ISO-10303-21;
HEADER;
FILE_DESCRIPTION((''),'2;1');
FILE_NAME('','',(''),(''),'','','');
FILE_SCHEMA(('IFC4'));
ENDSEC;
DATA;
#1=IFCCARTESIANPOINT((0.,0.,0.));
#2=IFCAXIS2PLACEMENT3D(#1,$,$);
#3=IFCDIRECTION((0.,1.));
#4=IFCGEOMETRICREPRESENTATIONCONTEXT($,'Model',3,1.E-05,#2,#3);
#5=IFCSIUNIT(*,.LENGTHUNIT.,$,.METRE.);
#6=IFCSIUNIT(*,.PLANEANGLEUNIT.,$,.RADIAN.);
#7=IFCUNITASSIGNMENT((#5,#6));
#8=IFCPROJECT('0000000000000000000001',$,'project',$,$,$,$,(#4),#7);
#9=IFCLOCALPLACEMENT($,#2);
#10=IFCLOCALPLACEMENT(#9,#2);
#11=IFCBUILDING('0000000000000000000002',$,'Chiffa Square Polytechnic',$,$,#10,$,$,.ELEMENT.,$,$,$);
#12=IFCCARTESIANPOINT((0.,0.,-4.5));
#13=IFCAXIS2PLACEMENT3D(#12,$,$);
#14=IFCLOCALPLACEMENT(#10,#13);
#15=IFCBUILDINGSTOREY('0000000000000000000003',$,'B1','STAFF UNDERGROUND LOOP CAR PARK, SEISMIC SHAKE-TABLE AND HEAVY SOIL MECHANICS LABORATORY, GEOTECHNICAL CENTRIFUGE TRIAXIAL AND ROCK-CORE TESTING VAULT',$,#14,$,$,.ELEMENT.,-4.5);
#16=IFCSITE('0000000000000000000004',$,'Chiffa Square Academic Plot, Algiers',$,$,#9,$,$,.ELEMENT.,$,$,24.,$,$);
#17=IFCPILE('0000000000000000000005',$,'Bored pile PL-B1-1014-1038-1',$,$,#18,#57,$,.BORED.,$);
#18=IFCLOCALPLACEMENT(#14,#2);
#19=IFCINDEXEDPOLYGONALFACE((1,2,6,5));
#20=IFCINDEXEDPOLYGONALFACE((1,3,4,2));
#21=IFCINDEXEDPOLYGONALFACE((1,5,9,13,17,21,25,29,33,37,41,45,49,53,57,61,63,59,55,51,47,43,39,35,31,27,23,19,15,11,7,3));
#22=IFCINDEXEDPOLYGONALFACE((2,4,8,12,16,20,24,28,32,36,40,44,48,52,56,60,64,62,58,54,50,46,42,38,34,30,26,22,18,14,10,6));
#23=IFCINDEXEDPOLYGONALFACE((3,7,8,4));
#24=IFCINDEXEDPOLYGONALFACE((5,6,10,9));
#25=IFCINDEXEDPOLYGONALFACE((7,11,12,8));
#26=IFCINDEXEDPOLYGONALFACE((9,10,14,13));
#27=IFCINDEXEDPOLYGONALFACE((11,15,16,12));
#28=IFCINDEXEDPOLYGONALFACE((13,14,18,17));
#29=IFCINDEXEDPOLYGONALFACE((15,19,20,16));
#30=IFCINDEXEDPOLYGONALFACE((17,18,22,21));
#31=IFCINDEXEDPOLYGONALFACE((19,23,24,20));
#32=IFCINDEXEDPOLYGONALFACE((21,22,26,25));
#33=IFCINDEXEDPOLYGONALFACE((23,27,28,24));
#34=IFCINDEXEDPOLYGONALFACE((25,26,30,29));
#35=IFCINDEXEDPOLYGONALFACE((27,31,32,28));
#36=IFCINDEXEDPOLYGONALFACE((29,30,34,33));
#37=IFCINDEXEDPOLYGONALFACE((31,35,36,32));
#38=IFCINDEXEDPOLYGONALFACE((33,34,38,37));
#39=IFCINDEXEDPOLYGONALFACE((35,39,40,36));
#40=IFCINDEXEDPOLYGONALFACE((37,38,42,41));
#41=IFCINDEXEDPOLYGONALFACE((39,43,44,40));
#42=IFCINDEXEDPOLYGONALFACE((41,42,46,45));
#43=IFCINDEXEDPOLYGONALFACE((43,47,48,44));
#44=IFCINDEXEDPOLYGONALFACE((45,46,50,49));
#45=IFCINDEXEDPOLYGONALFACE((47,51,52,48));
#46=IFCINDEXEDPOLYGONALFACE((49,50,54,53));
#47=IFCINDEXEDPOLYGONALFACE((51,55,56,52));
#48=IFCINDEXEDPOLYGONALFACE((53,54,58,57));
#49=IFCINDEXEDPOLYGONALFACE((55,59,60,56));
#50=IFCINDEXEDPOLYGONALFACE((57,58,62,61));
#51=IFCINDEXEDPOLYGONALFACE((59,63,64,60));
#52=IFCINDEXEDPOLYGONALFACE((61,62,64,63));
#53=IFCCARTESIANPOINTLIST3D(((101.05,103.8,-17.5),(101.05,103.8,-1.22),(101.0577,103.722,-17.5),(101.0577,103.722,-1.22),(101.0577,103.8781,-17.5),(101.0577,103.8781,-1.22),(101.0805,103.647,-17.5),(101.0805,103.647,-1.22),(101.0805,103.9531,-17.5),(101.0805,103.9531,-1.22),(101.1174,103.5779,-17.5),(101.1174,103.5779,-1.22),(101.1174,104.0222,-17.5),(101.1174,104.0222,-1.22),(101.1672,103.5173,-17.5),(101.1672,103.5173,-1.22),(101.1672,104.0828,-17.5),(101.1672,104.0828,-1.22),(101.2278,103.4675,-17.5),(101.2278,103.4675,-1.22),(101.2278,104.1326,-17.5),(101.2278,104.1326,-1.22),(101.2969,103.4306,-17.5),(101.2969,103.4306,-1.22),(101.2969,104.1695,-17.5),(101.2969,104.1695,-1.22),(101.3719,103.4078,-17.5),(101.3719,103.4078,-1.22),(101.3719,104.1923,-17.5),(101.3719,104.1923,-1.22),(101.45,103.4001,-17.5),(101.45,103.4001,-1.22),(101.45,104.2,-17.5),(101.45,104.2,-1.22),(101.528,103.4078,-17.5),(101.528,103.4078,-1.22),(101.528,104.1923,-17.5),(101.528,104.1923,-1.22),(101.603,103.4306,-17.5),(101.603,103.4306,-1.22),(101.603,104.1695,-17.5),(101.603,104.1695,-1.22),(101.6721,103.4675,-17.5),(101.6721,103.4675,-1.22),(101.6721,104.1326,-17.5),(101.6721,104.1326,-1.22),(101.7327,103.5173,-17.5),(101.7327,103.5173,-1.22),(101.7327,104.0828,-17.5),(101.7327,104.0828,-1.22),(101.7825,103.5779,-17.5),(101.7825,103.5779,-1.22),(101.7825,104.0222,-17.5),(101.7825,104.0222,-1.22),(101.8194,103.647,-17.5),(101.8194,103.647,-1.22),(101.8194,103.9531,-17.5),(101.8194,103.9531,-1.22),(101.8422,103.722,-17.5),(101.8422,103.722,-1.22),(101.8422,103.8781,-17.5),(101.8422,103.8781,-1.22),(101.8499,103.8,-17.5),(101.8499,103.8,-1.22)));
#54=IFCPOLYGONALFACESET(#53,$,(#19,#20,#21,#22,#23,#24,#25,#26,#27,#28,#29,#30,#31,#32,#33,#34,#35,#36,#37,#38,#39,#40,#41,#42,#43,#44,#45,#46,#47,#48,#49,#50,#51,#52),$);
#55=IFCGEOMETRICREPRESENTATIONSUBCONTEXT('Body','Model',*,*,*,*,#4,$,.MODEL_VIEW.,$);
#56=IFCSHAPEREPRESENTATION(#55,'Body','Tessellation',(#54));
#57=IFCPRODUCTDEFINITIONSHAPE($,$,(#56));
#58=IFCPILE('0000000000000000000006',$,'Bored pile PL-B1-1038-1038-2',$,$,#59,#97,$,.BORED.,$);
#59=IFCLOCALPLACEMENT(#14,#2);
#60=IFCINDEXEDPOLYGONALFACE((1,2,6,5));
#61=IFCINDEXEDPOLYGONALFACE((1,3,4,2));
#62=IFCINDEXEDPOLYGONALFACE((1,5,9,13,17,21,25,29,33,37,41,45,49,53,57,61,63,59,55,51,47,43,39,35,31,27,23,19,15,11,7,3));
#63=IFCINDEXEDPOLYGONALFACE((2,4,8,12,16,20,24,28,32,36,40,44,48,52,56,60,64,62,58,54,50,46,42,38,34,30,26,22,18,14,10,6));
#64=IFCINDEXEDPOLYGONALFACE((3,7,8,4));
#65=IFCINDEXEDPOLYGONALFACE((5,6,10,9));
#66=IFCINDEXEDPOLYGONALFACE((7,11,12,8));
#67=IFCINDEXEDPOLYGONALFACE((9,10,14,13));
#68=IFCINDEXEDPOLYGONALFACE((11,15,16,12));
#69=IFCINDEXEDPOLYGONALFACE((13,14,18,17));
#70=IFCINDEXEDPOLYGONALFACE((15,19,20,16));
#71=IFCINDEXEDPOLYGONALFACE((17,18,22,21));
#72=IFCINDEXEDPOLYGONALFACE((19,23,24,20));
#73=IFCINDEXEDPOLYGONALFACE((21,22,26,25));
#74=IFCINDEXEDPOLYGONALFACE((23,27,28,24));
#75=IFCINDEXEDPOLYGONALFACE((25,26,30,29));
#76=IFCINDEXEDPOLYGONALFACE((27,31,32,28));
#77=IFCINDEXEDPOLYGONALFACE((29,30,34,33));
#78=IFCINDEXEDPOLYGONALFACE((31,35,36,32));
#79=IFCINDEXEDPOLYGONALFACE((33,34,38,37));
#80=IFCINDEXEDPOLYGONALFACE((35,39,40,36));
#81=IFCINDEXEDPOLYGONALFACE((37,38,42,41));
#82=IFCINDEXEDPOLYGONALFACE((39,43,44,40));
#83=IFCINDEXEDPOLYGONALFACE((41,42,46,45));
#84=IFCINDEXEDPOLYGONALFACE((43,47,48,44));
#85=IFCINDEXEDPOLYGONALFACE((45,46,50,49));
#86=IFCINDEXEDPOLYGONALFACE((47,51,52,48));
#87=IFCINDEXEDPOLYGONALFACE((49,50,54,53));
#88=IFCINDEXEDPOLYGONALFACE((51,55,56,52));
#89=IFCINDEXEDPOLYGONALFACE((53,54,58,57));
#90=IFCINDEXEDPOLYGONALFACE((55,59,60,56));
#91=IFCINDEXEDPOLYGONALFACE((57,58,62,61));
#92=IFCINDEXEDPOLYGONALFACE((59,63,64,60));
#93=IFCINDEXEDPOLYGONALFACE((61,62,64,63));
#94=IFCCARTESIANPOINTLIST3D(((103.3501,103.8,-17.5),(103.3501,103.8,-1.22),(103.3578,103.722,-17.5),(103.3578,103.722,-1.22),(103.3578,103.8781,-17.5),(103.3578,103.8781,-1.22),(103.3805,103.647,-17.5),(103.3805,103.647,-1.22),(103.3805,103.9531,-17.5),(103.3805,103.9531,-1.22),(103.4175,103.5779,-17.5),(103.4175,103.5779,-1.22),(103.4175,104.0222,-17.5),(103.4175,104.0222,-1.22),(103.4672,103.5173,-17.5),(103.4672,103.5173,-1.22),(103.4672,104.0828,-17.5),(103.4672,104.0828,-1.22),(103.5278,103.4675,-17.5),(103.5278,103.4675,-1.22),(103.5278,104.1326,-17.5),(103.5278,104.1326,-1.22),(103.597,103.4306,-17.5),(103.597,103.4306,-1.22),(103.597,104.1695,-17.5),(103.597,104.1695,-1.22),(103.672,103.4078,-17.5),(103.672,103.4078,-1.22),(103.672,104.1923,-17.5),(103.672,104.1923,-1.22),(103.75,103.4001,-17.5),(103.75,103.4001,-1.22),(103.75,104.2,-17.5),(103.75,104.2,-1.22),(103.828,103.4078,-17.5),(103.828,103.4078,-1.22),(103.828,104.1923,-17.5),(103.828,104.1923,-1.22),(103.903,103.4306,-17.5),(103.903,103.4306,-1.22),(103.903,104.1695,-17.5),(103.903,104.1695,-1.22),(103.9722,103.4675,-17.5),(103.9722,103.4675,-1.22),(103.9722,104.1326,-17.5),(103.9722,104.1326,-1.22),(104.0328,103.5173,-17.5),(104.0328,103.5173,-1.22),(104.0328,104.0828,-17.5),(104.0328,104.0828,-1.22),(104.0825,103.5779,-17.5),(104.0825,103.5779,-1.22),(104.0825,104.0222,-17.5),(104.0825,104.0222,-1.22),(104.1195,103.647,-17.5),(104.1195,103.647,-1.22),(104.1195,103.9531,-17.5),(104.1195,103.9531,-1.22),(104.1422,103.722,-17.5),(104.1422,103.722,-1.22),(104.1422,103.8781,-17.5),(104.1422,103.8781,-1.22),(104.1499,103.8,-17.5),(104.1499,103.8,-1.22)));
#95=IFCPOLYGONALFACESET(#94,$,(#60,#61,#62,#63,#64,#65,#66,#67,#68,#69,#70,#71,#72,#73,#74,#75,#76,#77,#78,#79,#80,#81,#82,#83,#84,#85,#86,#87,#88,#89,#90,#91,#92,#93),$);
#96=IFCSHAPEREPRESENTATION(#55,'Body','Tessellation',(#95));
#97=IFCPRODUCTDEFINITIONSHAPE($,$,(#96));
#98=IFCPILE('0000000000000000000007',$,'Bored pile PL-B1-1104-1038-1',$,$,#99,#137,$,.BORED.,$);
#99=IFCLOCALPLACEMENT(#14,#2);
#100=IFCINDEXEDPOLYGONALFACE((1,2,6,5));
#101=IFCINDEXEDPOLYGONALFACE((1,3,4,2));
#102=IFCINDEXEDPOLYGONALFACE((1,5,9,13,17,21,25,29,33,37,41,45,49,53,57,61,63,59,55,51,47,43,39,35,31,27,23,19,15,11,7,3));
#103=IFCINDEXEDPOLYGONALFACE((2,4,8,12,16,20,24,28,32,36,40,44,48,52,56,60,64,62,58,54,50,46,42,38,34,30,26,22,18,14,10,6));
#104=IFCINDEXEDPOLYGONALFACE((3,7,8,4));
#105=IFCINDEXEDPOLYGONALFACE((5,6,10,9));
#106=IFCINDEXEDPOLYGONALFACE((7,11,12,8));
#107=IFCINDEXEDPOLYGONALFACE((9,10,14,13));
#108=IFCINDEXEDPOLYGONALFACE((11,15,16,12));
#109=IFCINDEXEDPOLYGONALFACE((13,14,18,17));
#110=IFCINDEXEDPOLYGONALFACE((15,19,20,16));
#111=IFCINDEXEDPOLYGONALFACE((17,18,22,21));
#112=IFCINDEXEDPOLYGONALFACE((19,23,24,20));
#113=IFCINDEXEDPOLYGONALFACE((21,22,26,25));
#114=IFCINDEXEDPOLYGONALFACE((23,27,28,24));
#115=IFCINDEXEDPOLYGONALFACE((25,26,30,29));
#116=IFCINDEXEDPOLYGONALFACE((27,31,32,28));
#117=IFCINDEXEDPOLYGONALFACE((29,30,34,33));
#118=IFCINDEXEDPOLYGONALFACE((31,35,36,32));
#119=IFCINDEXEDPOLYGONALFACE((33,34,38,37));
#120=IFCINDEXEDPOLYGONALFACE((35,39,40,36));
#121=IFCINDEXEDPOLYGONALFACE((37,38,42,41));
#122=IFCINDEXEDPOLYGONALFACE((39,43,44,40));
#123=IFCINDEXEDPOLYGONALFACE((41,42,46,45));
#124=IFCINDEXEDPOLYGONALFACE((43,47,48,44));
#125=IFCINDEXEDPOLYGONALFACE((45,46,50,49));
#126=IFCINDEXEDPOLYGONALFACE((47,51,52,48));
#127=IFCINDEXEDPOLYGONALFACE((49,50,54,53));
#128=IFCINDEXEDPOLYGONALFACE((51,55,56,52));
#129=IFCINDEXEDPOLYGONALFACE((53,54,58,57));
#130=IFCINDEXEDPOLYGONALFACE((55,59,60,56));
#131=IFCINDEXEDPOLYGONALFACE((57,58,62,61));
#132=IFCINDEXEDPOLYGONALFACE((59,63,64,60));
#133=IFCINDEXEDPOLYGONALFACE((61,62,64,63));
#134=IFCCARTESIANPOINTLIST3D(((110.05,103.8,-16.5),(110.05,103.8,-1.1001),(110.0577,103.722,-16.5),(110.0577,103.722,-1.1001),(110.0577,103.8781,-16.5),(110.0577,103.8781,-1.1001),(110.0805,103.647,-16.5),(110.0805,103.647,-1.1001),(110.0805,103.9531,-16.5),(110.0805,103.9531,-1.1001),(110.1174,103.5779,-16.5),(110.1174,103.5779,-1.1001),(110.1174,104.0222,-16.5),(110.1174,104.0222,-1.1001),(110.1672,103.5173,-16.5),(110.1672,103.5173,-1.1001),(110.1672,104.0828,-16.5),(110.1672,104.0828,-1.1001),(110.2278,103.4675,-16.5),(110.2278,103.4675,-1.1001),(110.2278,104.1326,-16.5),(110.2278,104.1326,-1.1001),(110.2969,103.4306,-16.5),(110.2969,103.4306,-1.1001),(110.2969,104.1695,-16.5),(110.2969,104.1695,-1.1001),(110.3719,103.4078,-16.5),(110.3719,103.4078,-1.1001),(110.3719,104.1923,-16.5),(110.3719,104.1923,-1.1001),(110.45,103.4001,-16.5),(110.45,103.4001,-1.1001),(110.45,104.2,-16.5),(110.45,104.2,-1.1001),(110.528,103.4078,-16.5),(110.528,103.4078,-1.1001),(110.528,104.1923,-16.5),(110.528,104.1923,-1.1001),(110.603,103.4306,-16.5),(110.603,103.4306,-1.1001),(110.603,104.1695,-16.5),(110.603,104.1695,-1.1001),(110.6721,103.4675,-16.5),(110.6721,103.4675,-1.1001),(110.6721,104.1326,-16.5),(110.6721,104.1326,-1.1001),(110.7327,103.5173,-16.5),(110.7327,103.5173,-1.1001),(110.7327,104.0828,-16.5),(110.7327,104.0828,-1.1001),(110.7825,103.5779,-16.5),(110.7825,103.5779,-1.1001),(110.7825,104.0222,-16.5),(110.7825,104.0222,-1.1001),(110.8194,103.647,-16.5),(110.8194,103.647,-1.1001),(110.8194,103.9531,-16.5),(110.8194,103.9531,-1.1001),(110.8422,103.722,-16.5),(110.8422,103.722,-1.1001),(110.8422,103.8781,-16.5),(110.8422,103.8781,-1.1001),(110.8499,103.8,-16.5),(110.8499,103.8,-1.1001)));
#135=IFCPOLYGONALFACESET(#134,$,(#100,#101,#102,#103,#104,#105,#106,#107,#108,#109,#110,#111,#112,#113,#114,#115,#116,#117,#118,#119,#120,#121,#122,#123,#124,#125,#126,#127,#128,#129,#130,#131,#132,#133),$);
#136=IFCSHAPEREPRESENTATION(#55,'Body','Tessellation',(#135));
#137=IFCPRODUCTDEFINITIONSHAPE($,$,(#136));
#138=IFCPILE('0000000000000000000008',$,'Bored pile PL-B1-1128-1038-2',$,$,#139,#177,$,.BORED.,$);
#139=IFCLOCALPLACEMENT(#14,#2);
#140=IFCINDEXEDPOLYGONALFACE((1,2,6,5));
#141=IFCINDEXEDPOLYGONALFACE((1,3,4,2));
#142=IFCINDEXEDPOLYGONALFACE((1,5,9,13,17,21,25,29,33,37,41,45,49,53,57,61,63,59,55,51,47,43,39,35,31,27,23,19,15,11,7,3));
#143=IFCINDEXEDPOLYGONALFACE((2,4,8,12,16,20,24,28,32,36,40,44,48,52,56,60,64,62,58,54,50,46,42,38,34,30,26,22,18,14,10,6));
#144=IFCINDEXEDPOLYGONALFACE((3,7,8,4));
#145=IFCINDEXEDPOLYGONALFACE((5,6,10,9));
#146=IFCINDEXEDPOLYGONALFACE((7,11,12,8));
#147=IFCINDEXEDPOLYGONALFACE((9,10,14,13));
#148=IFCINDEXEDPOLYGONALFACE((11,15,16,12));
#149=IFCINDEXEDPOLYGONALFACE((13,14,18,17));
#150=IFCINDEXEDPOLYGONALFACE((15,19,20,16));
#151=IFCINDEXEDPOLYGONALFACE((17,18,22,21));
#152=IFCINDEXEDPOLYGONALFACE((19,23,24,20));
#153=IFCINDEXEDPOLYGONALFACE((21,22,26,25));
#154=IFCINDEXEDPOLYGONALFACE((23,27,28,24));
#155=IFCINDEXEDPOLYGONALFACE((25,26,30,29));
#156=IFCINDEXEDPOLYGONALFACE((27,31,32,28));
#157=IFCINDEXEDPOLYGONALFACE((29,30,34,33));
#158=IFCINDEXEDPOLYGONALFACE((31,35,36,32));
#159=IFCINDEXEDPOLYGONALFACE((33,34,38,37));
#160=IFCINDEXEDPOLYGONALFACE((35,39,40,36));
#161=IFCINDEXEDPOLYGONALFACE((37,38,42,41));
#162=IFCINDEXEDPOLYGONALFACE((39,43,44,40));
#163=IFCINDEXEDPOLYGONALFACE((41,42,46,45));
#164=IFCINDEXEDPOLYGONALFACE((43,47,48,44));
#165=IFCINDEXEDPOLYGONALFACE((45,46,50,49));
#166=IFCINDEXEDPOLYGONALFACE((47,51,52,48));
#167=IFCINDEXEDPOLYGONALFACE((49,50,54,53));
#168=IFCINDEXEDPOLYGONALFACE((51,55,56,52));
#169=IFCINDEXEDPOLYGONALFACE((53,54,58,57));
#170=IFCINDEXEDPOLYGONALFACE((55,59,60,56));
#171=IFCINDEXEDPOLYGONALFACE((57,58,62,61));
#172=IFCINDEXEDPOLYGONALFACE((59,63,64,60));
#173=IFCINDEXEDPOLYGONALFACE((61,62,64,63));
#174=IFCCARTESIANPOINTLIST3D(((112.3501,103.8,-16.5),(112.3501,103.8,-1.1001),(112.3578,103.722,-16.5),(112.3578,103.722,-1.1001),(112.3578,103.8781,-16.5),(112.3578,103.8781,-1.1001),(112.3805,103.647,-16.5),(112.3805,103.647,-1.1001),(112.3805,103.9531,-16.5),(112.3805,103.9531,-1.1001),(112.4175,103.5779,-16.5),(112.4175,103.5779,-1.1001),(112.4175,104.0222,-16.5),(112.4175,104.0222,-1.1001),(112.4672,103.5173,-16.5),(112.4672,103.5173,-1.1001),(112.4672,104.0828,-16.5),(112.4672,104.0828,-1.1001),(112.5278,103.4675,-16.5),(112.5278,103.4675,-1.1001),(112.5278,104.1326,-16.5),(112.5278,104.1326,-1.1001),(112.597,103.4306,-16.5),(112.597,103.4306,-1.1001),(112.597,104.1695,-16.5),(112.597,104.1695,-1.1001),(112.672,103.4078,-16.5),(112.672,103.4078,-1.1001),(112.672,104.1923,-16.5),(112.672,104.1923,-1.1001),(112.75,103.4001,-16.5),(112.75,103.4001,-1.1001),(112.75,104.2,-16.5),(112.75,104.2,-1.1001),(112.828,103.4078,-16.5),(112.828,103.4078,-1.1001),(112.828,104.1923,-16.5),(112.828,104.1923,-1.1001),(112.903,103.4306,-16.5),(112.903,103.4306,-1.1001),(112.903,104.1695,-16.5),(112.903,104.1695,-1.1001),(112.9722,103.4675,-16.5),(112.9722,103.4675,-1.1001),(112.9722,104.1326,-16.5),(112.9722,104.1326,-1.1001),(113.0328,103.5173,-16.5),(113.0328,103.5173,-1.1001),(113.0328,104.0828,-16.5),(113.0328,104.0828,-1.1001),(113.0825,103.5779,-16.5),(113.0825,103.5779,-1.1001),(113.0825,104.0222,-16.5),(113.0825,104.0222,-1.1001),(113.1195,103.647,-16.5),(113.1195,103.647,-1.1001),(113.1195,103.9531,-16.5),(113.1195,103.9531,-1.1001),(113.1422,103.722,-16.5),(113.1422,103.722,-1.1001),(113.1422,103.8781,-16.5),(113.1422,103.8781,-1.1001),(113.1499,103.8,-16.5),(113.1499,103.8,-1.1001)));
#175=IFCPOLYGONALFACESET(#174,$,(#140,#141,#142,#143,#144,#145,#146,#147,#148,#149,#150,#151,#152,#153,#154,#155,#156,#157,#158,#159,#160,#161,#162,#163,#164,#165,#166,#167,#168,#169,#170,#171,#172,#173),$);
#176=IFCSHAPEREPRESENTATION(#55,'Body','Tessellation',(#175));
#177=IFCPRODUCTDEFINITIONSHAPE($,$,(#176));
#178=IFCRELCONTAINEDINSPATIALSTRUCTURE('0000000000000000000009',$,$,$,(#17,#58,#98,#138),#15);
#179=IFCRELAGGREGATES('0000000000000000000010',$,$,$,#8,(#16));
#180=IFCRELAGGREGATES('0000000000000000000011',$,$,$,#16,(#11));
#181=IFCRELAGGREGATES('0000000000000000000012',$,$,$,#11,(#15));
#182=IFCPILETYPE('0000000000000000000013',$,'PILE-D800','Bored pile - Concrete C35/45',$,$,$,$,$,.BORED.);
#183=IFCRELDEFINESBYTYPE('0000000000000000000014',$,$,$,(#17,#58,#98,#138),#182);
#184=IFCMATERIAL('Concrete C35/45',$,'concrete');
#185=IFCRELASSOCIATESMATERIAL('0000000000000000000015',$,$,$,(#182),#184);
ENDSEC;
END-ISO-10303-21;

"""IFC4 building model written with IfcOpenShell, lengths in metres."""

from ifc_helpers import new_model, si_unit, direction, frame, origin, origin_2d, place, context, subcontext, project, spatial, circle, extrude, material, material_profile, profile_set, type_object, element, save


model = new_model("IFC4")

# Units and contexts
model_context = context("Model", 3, precision=1e-05, world=origin(), true_north=direction((0.0, 1.0)))
body_context = subcontext(model_context, "Body", "Model", "MODEL_VIEW")
ifc_project = project(units=[si_unit("LENGTHUNIT", "METRE"), si_unit("PLANEANGLEUNIT", "RADIAN")], contexts=[model_context])

# Site, building, storey
site_placement = place(None, origin())
site = spatial("IfcSite", under=ifc_project, at=site_placement, Name="Chiffa Square Academic Plot, Algiers", CompositionType="ELEMENT", RefElevation=24.0)
building_placement = place(site_placement, origin())
building = spatial("IfcBuilding", under=site, at=building_placement, Name="Chiffa Square Polytechnic", CompositionType="ELEMENT")
storey_placement = place(building_placement, frame((0.0, 0.0, -4.5)))
storey = spatial("IfcBuildingStorey", under=building, at=storey_placement, Name="B1", Description="STAFF UNDERGROUND LOOP CAR PARK, SEISMIC SHAKE-TABLE AND HEAVY SOIL MECHANICS LABORATORY, GEOTECHNICAL CENTRIFUGE TRIAXIAL AND ROCK-CORE TESTING VAULT", CompositionType="ELEMENT", Elevation=-4.5)

# Shared definitions
ifc_material_1 = material(Name="Concrete C35/45", Category="concrete")

# Piles
ifc_material_profile_1 = material_profile(ifc_material_1, circle(Radius=0.3999, at=origin_2d()), Name="PILE D800")
ifc_profile_set_1 = profile_set([ifc_material_profile_1], Name="Concrete C35/45")
pile_type_1 = type_object("IfcPileType", Name="PILE-D800", Description="Bored pile - Concrete C35/45", PredefinedType="BORED", material=ifc_profile_set_1)
for number, where, z_axis, x_axis, name in (
    (1, (101.45, 103.8, -1.22), (0.0, 0.0, -1.0), (1.0, 0.0, 0.0), "Bored pile PL-B1-1014-1038-1"),
    (2, (103.75, 103.8, -1.22), (0.0, 0.0, -1.0), (1.0, 0.0, 0.0), "Bored pile PL-B1-1038-1038-2"),
):
    element("IfcPile", number, at=place(storey_placement, frame(where, z_axis=z_axis, x_axis=x_axis)), inside=storey, type_object=pile_type_1, Name=name, PredefinedType="BORED", context=body_context, shape_type="SweptSolid", body=[
        extrude(circle(Radius=0.3999, at=origin_2d()), origin(), (0.0, 0.0, 1.0), 16.28),
    ])
for number, where, z_axis, x_axis, name in (
    (3, (110.45, 103.8, -1.1001), (0.0, 0.0, -1.0), (1.0, 0.0, 0.0), "Bored pile PL-B1-1104-1038-1"),
    (4, (112.75, 103.8, -1.1001), (0.0, 0.0, -1.0), (1.0, 0.0, 0.0), "Bored pile PL-B1-1128-1038-2"),
):
    element("IfcPile", number, at=place(storey_placement, frame(where, z_axis=z_axis, x_axis=x_axis)), inside=storey, type_object=pile_type_1, Name=name, PredefinedType="BORED", context=body_context, shape_type="SweptSolid", body=[
        extrude(circle(Radius=0.3999, at=origin_2d()), origin(), (0.0, 0.0, 1.0), 15.3999),
    ])

save(model, "model.ifc")
